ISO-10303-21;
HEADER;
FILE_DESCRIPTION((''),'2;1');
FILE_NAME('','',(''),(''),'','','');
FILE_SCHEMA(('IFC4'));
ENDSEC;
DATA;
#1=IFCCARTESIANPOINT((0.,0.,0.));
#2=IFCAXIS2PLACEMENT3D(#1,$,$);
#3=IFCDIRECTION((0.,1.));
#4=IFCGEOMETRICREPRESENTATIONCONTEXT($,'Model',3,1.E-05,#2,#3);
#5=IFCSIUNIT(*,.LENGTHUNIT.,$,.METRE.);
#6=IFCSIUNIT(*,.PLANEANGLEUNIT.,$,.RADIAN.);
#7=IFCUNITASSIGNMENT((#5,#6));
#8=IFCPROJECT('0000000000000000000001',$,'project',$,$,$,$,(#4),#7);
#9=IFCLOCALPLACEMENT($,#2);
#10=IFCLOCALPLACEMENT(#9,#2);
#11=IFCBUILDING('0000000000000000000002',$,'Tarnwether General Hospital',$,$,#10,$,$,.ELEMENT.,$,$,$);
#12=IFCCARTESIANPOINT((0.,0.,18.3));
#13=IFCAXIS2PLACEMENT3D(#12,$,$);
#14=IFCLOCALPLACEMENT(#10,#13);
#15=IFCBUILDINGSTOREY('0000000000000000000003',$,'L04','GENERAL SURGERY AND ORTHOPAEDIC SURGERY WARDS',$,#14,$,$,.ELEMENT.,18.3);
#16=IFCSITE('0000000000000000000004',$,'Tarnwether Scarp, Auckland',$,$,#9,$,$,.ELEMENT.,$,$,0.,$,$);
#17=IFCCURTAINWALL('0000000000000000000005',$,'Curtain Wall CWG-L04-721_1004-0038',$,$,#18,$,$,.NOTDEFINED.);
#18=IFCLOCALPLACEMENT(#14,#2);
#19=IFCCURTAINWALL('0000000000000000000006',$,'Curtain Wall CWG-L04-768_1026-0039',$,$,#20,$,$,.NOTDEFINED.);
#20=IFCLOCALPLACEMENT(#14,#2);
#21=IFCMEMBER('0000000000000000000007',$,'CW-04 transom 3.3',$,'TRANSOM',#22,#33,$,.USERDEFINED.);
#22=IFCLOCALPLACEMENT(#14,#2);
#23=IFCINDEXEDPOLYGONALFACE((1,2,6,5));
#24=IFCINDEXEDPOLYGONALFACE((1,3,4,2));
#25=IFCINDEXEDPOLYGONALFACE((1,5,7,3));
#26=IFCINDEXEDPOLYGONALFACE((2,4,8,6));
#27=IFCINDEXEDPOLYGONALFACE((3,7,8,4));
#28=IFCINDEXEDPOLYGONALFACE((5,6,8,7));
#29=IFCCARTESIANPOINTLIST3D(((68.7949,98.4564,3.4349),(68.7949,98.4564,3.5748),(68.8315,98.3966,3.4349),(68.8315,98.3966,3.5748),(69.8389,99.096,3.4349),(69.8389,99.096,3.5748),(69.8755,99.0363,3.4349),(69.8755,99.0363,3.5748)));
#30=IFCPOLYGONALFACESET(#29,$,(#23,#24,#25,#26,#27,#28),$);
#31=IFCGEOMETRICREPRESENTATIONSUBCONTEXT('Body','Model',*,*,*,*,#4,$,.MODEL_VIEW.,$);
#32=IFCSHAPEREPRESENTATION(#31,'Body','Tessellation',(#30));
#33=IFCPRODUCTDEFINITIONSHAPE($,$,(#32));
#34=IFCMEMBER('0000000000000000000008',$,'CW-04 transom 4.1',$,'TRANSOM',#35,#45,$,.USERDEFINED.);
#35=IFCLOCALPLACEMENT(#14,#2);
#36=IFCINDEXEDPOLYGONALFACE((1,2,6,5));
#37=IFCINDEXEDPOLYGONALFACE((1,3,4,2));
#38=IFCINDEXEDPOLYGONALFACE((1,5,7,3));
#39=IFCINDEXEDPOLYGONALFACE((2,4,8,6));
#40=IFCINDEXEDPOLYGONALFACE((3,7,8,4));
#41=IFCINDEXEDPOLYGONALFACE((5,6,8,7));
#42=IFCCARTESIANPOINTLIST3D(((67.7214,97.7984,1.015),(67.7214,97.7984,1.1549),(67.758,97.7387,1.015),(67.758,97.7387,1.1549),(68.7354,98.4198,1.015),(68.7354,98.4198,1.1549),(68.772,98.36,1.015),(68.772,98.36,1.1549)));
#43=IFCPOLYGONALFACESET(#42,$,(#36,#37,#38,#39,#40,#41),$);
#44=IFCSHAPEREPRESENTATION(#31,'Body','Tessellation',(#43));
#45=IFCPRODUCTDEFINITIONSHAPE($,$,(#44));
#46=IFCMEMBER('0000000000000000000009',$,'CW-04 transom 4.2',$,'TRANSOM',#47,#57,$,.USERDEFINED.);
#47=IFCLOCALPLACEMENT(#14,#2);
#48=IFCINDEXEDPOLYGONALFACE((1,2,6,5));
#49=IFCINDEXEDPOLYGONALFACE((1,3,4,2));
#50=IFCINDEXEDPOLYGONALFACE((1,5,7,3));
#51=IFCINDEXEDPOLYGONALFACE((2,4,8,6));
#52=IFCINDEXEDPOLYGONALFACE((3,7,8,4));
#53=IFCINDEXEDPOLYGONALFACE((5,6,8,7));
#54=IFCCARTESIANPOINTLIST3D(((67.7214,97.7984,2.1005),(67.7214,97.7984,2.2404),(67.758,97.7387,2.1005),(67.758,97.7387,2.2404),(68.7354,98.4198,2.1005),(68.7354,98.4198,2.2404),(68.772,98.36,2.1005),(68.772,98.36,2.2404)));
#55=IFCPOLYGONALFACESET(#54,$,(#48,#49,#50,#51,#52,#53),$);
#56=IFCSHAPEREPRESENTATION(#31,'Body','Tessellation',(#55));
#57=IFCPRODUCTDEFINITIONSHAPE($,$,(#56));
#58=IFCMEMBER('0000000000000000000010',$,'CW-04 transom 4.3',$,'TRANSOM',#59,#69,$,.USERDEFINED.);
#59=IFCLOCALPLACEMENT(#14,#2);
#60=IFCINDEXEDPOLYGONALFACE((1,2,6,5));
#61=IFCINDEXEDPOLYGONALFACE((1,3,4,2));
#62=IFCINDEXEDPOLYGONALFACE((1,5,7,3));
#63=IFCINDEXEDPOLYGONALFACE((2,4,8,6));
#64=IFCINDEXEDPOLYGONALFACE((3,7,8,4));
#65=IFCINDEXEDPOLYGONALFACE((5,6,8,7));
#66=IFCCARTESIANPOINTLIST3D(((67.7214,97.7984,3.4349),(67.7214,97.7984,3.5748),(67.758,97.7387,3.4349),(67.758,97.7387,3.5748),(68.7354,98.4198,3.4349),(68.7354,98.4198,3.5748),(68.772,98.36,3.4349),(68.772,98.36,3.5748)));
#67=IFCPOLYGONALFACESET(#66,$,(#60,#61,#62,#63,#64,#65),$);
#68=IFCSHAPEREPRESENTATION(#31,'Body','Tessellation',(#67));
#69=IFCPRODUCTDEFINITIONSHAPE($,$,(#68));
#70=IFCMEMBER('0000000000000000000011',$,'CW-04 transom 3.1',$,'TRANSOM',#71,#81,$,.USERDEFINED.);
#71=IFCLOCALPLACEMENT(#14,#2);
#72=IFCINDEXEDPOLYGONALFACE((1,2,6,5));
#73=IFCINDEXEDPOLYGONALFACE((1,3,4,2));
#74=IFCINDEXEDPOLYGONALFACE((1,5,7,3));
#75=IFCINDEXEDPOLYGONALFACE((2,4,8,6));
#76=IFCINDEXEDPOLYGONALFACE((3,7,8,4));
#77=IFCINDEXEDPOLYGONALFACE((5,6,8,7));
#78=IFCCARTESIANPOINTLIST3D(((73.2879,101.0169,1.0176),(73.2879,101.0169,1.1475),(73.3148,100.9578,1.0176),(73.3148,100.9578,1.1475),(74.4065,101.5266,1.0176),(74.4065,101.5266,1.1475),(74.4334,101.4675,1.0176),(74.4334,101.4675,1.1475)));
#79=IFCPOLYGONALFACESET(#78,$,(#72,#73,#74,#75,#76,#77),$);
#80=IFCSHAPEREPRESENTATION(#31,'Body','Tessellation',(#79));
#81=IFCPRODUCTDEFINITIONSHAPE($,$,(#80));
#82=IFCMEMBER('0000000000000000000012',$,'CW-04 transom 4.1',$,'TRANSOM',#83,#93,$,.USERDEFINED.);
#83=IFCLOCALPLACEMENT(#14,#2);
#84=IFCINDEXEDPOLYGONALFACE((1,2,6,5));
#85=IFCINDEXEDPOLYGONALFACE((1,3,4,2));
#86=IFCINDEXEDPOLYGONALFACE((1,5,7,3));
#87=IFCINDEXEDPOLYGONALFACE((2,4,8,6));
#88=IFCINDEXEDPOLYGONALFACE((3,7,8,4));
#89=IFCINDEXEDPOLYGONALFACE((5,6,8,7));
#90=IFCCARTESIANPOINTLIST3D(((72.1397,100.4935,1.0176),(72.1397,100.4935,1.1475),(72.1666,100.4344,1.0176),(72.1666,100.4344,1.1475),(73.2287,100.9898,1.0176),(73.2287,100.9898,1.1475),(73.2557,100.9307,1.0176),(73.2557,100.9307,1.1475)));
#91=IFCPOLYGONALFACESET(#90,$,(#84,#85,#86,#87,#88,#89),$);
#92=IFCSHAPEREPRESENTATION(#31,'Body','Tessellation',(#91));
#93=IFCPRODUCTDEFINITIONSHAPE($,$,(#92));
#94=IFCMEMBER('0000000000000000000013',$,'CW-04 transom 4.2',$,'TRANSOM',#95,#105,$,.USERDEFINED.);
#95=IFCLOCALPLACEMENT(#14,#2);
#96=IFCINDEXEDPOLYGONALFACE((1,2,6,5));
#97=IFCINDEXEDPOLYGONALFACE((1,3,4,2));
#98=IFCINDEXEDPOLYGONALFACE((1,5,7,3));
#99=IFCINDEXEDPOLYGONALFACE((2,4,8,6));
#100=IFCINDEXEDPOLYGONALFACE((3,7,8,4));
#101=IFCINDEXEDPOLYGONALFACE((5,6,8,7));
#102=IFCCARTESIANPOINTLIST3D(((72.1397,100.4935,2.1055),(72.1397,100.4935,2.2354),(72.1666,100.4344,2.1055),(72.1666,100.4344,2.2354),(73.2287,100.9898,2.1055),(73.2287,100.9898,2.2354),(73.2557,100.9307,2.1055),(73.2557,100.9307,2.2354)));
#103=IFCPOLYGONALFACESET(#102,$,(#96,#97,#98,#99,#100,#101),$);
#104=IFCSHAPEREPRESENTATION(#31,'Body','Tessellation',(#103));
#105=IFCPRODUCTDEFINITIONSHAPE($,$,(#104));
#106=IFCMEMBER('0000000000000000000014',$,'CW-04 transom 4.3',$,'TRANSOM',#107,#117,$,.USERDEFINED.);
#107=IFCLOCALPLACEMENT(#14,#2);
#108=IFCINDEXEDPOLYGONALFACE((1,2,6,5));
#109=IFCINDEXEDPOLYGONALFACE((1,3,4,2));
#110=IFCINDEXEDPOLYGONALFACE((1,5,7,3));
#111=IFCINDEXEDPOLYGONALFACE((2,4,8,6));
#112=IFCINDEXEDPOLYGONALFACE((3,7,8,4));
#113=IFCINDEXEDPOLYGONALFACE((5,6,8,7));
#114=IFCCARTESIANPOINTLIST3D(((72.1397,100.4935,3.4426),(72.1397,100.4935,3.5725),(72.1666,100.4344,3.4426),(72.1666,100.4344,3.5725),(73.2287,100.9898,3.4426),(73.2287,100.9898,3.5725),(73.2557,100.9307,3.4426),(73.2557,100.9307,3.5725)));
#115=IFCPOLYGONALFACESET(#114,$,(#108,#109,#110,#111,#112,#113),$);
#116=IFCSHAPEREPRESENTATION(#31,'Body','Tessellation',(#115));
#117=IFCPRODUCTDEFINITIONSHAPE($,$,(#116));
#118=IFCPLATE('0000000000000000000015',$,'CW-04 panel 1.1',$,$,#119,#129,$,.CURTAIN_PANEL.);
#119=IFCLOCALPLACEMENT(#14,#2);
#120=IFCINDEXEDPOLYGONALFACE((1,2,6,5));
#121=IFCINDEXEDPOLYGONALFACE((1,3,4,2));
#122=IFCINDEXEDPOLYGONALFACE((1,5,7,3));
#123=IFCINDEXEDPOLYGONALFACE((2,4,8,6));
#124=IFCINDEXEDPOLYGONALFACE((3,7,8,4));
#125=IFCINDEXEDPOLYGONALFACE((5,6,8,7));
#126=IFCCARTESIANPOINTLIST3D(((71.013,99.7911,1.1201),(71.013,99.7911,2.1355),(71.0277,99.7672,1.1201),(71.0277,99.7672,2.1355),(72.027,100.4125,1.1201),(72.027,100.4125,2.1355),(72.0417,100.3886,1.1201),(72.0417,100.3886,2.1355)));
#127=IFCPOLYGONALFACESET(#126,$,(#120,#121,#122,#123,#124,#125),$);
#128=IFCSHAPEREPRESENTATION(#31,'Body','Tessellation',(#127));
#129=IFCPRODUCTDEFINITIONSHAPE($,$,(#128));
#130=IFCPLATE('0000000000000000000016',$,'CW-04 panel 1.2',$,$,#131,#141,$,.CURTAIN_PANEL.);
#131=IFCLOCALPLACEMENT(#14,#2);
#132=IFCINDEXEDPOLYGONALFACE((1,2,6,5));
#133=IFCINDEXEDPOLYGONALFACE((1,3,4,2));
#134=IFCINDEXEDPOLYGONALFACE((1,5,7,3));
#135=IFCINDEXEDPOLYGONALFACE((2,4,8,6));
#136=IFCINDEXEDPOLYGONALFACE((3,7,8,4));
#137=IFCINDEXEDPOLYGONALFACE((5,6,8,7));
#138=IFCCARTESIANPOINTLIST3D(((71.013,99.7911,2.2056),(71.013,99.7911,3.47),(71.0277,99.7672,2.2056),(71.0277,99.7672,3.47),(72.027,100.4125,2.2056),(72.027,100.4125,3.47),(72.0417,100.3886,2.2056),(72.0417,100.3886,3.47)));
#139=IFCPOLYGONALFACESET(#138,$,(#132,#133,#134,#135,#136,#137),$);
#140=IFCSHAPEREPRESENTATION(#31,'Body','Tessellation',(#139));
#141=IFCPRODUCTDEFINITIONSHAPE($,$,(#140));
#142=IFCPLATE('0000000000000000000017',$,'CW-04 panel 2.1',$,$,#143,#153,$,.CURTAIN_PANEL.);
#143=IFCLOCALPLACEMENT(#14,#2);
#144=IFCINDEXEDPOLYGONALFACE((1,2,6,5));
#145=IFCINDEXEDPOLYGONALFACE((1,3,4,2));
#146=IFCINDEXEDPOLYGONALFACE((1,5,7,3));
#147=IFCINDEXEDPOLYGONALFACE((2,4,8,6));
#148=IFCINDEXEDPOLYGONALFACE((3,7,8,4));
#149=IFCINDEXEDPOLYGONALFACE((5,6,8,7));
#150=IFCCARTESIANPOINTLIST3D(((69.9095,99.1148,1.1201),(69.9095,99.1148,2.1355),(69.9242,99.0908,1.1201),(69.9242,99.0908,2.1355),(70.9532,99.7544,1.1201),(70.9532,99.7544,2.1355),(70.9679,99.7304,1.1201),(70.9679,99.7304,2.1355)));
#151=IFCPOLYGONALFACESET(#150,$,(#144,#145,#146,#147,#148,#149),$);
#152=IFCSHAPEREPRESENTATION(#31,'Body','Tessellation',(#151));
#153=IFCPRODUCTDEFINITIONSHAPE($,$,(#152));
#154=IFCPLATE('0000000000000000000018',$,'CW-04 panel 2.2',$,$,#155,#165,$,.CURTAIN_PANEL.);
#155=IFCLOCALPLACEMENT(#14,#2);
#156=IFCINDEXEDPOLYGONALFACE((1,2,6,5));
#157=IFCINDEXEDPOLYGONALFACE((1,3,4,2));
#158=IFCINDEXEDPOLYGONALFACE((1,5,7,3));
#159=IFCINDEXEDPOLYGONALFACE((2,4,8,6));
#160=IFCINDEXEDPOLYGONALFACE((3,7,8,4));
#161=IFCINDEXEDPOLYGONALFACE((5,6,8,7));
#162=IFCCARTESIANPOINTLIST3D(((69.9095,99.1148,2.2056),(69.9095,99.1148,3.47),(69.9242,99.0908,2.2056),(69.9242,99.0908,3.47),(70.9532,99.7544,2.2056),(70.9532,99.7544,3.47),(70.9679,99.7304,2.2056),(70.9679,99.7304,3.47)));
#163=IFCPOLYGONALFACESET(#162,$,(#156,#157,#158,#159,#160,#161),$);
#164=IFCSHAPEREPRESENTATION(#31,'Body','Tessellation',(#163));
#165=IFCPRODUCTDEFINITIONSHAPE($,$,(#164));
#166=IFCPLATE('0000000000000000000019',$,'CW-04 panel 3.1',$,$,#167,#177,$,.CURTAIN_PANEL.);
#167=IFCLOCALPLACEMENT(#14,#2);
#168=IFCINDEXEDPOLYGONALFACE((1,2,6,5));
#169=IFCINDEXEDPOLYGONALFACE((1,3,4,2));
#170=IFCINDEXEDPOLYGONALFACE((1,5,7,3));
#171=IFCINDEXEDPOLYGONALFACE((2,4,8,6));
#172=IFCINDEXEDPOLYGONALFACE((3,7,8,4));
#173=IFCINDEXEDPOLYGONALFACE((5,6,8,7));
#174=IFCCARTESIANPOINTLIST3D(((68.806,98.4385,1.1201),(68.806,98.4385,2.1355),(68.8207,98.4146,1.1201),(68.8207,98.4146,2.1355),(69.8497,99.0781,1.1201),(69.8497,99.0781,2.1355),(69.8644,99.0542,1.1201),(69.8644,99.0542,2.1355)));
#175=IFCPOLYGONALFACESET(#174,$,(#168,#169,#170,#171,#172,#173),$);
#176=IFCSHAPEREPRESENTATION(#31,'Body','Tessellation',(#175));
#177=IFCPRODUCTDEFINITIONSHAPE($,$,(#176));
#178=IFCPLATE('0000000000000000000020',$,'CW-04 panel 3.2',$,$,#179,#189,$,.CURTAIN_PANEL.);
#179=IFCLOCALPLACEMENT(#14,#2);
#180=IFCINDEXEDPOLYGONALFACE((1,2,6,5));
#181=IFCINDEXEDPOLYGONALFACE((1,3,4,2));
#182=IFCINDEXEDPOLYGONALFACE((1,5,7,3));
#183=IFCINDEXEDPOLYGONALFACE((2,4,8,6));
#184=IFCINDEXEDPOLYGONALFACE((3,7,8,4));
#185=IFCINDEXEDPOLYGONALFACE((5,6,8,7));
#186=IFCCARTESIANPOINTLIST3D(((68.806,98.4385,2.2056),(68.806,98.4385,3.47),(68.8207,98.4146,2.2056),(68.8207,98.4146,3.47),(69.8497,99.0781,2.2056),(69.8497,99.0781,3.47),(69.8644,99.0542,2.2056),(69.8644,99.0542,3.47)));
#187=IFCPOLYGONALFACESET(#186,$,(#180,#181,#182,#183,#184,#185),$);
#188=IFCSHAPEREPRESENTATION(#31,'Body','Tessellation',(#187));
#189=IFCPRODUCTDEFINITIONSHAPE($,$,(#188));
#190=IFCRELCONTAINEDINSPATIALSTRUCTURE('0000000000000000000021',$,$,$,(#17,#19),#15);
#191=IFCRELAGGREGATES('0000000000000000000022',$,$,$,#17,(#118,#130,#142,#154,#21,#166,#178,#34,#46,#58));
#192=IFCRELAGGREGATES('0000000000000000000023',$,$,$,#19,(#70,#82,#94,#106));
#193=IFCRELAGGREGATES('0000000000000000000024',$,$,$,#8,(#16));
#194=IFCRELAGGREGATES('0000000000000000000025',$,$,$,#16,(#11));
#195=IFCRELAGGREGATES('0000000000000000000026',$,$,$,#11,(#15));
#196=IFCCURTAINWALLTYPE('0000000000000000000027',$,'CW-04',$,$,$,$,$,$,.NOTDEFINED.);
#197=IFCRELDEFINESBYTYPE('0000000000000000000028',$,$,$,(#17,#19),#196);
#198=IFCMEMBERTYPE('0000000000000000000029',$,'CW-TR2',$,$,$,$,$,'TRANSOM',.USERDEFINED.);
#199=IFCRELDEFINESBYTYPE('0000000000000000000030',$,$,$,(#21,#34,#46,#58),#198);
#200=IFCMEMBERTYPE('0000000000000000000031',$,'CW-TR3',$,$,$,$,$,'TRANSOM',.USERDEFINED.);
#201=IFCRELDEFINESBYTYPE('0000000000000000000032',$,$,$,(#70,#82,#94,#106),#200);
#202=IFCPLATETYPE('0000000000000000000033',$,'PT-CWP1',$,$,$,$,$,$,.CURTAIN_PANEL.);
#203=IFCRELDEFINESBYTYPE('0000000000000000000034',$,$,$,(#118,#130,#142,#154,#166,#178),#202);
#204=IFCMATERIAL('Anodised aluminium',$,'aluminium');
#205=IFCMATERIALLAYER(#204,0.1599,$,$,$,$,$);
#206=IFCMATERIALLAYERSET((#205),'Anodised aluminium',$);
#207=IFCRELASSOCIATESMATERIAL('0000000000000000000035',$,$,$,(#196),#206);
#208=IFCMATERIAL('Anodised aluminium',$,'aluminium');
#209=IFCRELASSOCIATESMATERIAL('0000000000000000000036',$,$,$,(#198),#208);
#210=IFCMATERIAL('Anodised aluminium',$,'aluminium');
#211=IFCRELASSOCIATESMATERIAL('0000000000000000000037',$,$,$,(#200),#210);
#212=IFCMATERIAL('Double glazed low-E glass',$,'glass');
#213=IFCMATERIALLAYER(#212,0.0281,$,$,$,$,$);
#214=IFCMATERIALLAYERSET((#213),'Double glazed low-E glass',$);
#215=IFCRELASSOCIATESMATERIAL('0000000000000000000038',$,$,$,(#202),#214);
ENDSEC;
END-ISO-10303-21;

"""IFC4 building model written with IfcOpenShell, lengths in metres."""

from ifc_helpers import new_model, si_unit, direction, frame, origin, origin_2d, place, context, subcontext, project, spatial, rectangle, extrude, material, layer, layer_set, material_profile, profile_set, type_object, element, aggregate, save


model = new_model("IFC4")

# Units and contexts
model_context = context("Model", 3, precision=1e-05, world=origin(), true_north=direction((0.0, 1.0)))
body_context = subcontext(model_context, "Body", "Model", "MODEL_VIEW")
ifc_project = project(units=[si_unit("LENGTHUNIT", "METRE"), si_unit("PLANEANGLEUNIT", "RADIAN")], contexts=[model_context])

# Site, building, storey
site_placement = place(None, origin())
site = spatial("IfcSite", under=ifc_project, at=site_placement, Name="Tarnwether Scarp, Auckland", CompositionType="ELEMENT", RefElevation=0.0)
building_placement = place(site_placement, origin())
building = spatial("IfcBuilding", under=site, at=building_placement, Name="Tarnwether General Hospital", CompositionType="ELEMENT")
storey_placement = place(building_placement, frame((0.0, 0.0, 18.3)))
storey = spatial("IfcBuildingStorey", under=building, at=storey_placement, Name="L04", Description="GENERAL SURGERY AND ORTHOPAEDIC SURGERY WARDS", CompositionType="ELEMENT", Elevation=18.3)

# Curtain walls
ifc_material_1 = material(Name="Anodised aluminium", Category="aluminium")
ifc_layer_1 = layer(ifc_material_1, 0.1599)
ifc_layer_set_1 = layer_set([ifc_layer_1], Name="Anodised aluminium")
curtain_wall_type = type_object("IfcCurtainWallType", Name="CW-04", PredefinedType="NOTDEFINED", material=ifc_layer_set_1)
curtain_wall_1_placement = place(storey_placement, origin())
curtain_wall_1 = element("IfcCurtainWall", 1, at=curtain_wall_1_placement, inside=storey, type_object=curtain_wall_type, Name="Curtain Wall CWG-L04-721_1004-0038", PredefinedType="NOTDEFINED")
curtain_wall_2_placement = place(storey_placement, origin())
curtain_wall_2 = element("IfcCurtainWall", 2, at=curtain_wall_2_placement, inside=storey, type_object=curtain_wall_type, Name="Curtain Wall CWG-L04-768_1026-0039", PredefinedType="NOTDEFINED")

# Members
ifc_material_2 = material(Name="Anodised aluminium", Category="aluminium")
ifc_material_profile_1 = material_profile(ifc_material_2, rectangle(XDim=0.0701, YDim=0.1399, at=origin_2d()), Name="ALU-TRN-70x140")
ifc_profile_set_1 = profile_set([ifc_material_profile_1], Name="Anodised aluminium")
member_type_1 = type_object("IfcMemberType", Name="CW-TR2", ElementType="TRANSOM", PredefinedType="USERDEFINED", material=ifc_profile_set_1)
member_1_placement = place(storey_placement, frame((69.8572, 99.0662, 3.5049), z_axis=(-0.85267, -0.52245, 0.0), x_axis=(0.52245, -0.85267, 0.0)))
member_1 = element("IfcMember", 3, at=member_1_placement, type_object=member_type_1, Name="CW-04 transom 3.3", ObjectType="TRANSOM", PredefinedType="USERDEFINED", context=body_context, shape_type="SweptSolid", body=[
    extrude(rectangle(XDim=0.0701, YDim=0.1399, at=origin_2d()), origin(), (0.0, 0.0, 1.0), 1.2244),
])
member_2_placement = place(storey_placement, frame((68.7537, 98.3899, 1.085), z_axis=(-0.852637, -0.522504, 0.0), x_axis=(0.522504, -0.852637, 0.0)))
member_2 = element("IfcMember", 4, at=member_2_placement, type_object=member_type_1, Name="CW-04 transom 4.1", ObjectType="TRANSOM", PredefinedType="USERDEFINED", context=body_context, shape_type="SweptSolid", body=[
    extrude(rectangle(XDim=0.0701, YDim=0.1399, at=origin_2d()), origin(), (0.0, 0.0, 1.0), 1.1892),
])
member_3_placement = place(storey_placement, frame((68.7537, 98.3899, 2.1704), z_axis=(-0.852637, -0.522504, 0.0), x_axis=(0.522504, -0.852637, 0.0)))
member_3 = element("IfcMember", 5, at=member_3_placement, type_object=member_type_1, Name="CW-04 transom 4.2", ObjectType="TRANSOM", PredefinedType="USERDEFINED", context=body_context, shape_type="SweptSolid", body=[
    extrude(rectangle(XDim=0.0701, YDim=0.1399, at=origin_2d()), origin(), (0.0, 0.0, 1.0), 1.1892),
])
member_4_placement = place(storey_placement, frame((68.7537, 98.3899, 3.5049), z_axis=(-0.852637, -0.522504, 0.0), x_axis=(0.522504, -0.852637, 0.0)))
member_4 = element("IfcMember", 6, at=member_4_placement, type_object=member_type_1, Name="CW-04 transom 4.3", ObjectType="TRANSOM", PredefinedType="USERDEFINED", context=body_context, shape_type="SweptSolid", body=[
    extrude(rectangle(XDim=0.0701, YDim=0.1399, at=origin_2d()), origin(), (0.0, 0.0, 1.0), 1.1892),
])
ifc_material_3 = material(Name="Anodised aluminium", Category="aluminium")
ifc_material_profile_2 = material_profile(ifc_material_3, rectangle(XDim=0.0649, YDim=0.1299, at=origin_2d()), Name="ALU-TRN-65x130")
ifc_profile_set_2 = profile_set([ifc_material_profile_2], Name="Anodised aluminium")
member_type_2 = type_object("IfcMemberType", Name="CW-TR3", ElementType="TRANSOM", PredefinedType="USERDEFINED", material=ifc_profile_set_2)
member_5_placement = place(storey_placement, frame((74.4199, 101.4971, 1.0825), z_axis=(-0.909972, -0.414671, 0.0), x_axis=(0.414671, -0.909972, 0.0)))
member_5 = element("IfcMember", 7, at=member_5_placement, type_object=member_type_2, Name="CW-04 transom 3.1", ObjectType="TRANSOM", PredefinedType="USERDEFINED", context=body_context, shape_type="SweptSolid", body=[
    extrude(rectangle(XDim=0.0649, YDim=0.1299, at=origin_2d()), origin(), (0.0, 0.0, 1.0), 1.2292),
])
member_6_placement = place(storey_placement, frame((73.2422, 100.9602, 1.0825), z_axis=(-0.909961, -0.414694, 0.0), x_axis=(0.414694, -0.909961, 0.0)))
member_6 = element("IfcMember", 8, at=member_6_placement, type_object=member_type_2, Name="CW-04 transom 4.1", ObjectType="TRANSOM", PredefinedType="USERDEFINED", context=body_context, shape_type="SweptSolid", body=[
    extrude(rectangle(XDim=0.0649, YDim=0.1299, at=origin_2d()), origin(), (0.0, 0.0, 1.0), 1.1968),
])
member_7_placement = place(storey_placement, frame((73.2422, 100.9602, 2.1704), z_axis=(-0.909961, -0.414694, 0.0), x_axis=(0.414694, -0.909961, 0.0)))
member_7 = element("IfcMember", 9, at=member_7_placement, type_object=member_type_2, Name="CW-04 transom 4.2", ObjectType="TRANSOM", PredefinedType="USERDEFINED", context=body_context, shape_type="SweptSolid", body=[
    extrude(rectangle(XDim=0.0649, YDim=0.1299, at=origin_2d()), origin(), (0.0, 0.0, 1.0), 1.1968),
])
member_8_placement = place(storey_placement, frame((73.2422, 100.9602, 3.5076), z_axis=(-0.909961, -0.414694, 0.0), x_axis=(0.414694, -0.909961, 0.0)))
member_8 = element("IfcMember", 10, at=member_8_placement, type_object=member_type_2, Name="CW-04 transom 4.3", ObjectType="TRANSOM", PredefinedType="USERDEFINED", context=body_context, shape_type="SweptSolid", body=[
    extrude(rectangle(XDim=0.0649, YDim=0.1299, at=origin_2d()), origin(), (0.0, 0.0, 1.0), 1.1968),
])

# Plates
ifc_material_4 = material(Name="Double glazed low-E glass", Category="glass")
ifc_layer_2 = layer(ifc_material_4, 0.0281)
ifc_layer_set_2 = layer_set([ifc_layer_2], Name="Double glazed low-E glass")
plate_type_1 = type_object("IfcPlateType", Name="PT-CWP1", PredefinedType="CURTAIN_PANEL", material=ifc_layer_set_2)
plate_1_placement = place(storey_placement, frame((71.5273, 100.0898, 1.1201), z_axis=(0.0, 0.0, 1.0), x_axis=(-0.852632, -0.522512, 0.0)))
plate_1 = element("IfcPlate", 11, at=plate_1_placement, type_object=plate_type_1, Name="CW-04 panel 1.1", PredefinedType="CURTAIN_PANEL", context=body_context, shape_type="SweptSolid", body=[
    extrude(rectangle(XDim=1.1892, YDim=0.0281, at=origin_2d()), origin(), (0.0, 0.0, 1.0), 1.0154),
])
plate_2_placement = place(storey_placement, frame((71.5273, 100.0898, 2.2056), z_axis=(0.0, 0.0, 1.0), x_axis=(-0.852632, -0.522512, 0.0)))
plate_2 = element("IfcPlate", 12, at=plate_2_placement, type_object=plate_type_1, Name="CW-04 panel 1.2", PredefinedType="CURTAIN_PANEL", context=body_context, shape_type="SweptSolid", body=[
    extrude(rectangle(XDim=1.1892, YDim=0.0281, at=origin_2d()), origin(), (0.0, 0.0, 1.0), 1.2644),
])
plate_3_placement = place(storey_placement, frame((70.4387, 99.4226, 1.1201), z_axis=(0.0, 0.0, 1.0), x_axis=(-0.852632, -0.522512, 0.0)))
plate_3 = element("IfcPlate", 13, at=plate_3_placement, type_object=plate_type_1, Name="CW-04 panel 2.1", PredefinedType="CURTAIN_PANEL", context=body_context, shape_type="SweptSolid", body=[
    extrude(rectangle(XDim=1.2241, YDim=0.0281, at=origin_2d()), origin(), (0.0, 0.0, 1.0), 1.0154),
])
plate_4_placement = place(storey_placement, frame((70.4387, 99.4226, 2.2056), z_axis=(0.0, 0.0, 1.0), x_axis=(-0.852632, -0.522512, 0.0)))
plate_4 = element("IfcPlate", 14, at=plate_4_placement, type_object=plate_type_1, Name="CW-04 panel 2.2", PredefinedType="CURTAIN_PANEL", context=body_context, shape_type="SweptSolid", body=[
    extrude(rectangle(XDim=1.2241, YDim=0.0281, at=origin_2d()), origin(), (0.0, 0.0, 1.0), 1.2644),
])
plate_5_placement = place(storey_placement, frame((69.3352, 98.7463, 1.1201), z_axis=(0.0, 0.0, 1.0), x_axis=(-0.852632, -0.522512, 0.0)))
plate_5 = element("IfcPlate", 15, at=plate_5_placement, type_object=plate_type_1, Name="CW-04 panel 3.1", PredefinedType="CURTAIN_PANEL", context=body_context, shape_type="SweptSolid", body=[
    extrude(rectangle(XDim=1.2241, YDim=0.0281, at=origin_2d()), origin(), (0.0, 0.0, 1.0), 1.0154),
])
plate_6_placement = place(storey_placement, frame((69.3352, 98.7463, 2.2056), z_axis=(0.0, 0.0, 1.0), x_axis=(-0.852632, -0.522512, 0.0)))
plate_6 = element("IfcPlate", 16, at=plate_6_placement, type_object=plate_type_1, Name="CW-04 panel 3.2", PredefinedType="CURTAIN_PANEL", context=body_context, shape_type="SweptSolid", body=[
    extrude(rectangle(XDim=1.2241, YDim=0.0281, at=origin_2d()), origin(), (0.0, 0.0, 1.0), 1.2644),
])
aggregate(curtain_wall_1, [plate_1, plate_2, plate_3, plate_4, member_1, plate_5, plate_6, member_2, member_3, member_4])
aggregate(curtain_wall_2, [member_5, member_6, member_7, member_8])

save(model, "model.ifc")
